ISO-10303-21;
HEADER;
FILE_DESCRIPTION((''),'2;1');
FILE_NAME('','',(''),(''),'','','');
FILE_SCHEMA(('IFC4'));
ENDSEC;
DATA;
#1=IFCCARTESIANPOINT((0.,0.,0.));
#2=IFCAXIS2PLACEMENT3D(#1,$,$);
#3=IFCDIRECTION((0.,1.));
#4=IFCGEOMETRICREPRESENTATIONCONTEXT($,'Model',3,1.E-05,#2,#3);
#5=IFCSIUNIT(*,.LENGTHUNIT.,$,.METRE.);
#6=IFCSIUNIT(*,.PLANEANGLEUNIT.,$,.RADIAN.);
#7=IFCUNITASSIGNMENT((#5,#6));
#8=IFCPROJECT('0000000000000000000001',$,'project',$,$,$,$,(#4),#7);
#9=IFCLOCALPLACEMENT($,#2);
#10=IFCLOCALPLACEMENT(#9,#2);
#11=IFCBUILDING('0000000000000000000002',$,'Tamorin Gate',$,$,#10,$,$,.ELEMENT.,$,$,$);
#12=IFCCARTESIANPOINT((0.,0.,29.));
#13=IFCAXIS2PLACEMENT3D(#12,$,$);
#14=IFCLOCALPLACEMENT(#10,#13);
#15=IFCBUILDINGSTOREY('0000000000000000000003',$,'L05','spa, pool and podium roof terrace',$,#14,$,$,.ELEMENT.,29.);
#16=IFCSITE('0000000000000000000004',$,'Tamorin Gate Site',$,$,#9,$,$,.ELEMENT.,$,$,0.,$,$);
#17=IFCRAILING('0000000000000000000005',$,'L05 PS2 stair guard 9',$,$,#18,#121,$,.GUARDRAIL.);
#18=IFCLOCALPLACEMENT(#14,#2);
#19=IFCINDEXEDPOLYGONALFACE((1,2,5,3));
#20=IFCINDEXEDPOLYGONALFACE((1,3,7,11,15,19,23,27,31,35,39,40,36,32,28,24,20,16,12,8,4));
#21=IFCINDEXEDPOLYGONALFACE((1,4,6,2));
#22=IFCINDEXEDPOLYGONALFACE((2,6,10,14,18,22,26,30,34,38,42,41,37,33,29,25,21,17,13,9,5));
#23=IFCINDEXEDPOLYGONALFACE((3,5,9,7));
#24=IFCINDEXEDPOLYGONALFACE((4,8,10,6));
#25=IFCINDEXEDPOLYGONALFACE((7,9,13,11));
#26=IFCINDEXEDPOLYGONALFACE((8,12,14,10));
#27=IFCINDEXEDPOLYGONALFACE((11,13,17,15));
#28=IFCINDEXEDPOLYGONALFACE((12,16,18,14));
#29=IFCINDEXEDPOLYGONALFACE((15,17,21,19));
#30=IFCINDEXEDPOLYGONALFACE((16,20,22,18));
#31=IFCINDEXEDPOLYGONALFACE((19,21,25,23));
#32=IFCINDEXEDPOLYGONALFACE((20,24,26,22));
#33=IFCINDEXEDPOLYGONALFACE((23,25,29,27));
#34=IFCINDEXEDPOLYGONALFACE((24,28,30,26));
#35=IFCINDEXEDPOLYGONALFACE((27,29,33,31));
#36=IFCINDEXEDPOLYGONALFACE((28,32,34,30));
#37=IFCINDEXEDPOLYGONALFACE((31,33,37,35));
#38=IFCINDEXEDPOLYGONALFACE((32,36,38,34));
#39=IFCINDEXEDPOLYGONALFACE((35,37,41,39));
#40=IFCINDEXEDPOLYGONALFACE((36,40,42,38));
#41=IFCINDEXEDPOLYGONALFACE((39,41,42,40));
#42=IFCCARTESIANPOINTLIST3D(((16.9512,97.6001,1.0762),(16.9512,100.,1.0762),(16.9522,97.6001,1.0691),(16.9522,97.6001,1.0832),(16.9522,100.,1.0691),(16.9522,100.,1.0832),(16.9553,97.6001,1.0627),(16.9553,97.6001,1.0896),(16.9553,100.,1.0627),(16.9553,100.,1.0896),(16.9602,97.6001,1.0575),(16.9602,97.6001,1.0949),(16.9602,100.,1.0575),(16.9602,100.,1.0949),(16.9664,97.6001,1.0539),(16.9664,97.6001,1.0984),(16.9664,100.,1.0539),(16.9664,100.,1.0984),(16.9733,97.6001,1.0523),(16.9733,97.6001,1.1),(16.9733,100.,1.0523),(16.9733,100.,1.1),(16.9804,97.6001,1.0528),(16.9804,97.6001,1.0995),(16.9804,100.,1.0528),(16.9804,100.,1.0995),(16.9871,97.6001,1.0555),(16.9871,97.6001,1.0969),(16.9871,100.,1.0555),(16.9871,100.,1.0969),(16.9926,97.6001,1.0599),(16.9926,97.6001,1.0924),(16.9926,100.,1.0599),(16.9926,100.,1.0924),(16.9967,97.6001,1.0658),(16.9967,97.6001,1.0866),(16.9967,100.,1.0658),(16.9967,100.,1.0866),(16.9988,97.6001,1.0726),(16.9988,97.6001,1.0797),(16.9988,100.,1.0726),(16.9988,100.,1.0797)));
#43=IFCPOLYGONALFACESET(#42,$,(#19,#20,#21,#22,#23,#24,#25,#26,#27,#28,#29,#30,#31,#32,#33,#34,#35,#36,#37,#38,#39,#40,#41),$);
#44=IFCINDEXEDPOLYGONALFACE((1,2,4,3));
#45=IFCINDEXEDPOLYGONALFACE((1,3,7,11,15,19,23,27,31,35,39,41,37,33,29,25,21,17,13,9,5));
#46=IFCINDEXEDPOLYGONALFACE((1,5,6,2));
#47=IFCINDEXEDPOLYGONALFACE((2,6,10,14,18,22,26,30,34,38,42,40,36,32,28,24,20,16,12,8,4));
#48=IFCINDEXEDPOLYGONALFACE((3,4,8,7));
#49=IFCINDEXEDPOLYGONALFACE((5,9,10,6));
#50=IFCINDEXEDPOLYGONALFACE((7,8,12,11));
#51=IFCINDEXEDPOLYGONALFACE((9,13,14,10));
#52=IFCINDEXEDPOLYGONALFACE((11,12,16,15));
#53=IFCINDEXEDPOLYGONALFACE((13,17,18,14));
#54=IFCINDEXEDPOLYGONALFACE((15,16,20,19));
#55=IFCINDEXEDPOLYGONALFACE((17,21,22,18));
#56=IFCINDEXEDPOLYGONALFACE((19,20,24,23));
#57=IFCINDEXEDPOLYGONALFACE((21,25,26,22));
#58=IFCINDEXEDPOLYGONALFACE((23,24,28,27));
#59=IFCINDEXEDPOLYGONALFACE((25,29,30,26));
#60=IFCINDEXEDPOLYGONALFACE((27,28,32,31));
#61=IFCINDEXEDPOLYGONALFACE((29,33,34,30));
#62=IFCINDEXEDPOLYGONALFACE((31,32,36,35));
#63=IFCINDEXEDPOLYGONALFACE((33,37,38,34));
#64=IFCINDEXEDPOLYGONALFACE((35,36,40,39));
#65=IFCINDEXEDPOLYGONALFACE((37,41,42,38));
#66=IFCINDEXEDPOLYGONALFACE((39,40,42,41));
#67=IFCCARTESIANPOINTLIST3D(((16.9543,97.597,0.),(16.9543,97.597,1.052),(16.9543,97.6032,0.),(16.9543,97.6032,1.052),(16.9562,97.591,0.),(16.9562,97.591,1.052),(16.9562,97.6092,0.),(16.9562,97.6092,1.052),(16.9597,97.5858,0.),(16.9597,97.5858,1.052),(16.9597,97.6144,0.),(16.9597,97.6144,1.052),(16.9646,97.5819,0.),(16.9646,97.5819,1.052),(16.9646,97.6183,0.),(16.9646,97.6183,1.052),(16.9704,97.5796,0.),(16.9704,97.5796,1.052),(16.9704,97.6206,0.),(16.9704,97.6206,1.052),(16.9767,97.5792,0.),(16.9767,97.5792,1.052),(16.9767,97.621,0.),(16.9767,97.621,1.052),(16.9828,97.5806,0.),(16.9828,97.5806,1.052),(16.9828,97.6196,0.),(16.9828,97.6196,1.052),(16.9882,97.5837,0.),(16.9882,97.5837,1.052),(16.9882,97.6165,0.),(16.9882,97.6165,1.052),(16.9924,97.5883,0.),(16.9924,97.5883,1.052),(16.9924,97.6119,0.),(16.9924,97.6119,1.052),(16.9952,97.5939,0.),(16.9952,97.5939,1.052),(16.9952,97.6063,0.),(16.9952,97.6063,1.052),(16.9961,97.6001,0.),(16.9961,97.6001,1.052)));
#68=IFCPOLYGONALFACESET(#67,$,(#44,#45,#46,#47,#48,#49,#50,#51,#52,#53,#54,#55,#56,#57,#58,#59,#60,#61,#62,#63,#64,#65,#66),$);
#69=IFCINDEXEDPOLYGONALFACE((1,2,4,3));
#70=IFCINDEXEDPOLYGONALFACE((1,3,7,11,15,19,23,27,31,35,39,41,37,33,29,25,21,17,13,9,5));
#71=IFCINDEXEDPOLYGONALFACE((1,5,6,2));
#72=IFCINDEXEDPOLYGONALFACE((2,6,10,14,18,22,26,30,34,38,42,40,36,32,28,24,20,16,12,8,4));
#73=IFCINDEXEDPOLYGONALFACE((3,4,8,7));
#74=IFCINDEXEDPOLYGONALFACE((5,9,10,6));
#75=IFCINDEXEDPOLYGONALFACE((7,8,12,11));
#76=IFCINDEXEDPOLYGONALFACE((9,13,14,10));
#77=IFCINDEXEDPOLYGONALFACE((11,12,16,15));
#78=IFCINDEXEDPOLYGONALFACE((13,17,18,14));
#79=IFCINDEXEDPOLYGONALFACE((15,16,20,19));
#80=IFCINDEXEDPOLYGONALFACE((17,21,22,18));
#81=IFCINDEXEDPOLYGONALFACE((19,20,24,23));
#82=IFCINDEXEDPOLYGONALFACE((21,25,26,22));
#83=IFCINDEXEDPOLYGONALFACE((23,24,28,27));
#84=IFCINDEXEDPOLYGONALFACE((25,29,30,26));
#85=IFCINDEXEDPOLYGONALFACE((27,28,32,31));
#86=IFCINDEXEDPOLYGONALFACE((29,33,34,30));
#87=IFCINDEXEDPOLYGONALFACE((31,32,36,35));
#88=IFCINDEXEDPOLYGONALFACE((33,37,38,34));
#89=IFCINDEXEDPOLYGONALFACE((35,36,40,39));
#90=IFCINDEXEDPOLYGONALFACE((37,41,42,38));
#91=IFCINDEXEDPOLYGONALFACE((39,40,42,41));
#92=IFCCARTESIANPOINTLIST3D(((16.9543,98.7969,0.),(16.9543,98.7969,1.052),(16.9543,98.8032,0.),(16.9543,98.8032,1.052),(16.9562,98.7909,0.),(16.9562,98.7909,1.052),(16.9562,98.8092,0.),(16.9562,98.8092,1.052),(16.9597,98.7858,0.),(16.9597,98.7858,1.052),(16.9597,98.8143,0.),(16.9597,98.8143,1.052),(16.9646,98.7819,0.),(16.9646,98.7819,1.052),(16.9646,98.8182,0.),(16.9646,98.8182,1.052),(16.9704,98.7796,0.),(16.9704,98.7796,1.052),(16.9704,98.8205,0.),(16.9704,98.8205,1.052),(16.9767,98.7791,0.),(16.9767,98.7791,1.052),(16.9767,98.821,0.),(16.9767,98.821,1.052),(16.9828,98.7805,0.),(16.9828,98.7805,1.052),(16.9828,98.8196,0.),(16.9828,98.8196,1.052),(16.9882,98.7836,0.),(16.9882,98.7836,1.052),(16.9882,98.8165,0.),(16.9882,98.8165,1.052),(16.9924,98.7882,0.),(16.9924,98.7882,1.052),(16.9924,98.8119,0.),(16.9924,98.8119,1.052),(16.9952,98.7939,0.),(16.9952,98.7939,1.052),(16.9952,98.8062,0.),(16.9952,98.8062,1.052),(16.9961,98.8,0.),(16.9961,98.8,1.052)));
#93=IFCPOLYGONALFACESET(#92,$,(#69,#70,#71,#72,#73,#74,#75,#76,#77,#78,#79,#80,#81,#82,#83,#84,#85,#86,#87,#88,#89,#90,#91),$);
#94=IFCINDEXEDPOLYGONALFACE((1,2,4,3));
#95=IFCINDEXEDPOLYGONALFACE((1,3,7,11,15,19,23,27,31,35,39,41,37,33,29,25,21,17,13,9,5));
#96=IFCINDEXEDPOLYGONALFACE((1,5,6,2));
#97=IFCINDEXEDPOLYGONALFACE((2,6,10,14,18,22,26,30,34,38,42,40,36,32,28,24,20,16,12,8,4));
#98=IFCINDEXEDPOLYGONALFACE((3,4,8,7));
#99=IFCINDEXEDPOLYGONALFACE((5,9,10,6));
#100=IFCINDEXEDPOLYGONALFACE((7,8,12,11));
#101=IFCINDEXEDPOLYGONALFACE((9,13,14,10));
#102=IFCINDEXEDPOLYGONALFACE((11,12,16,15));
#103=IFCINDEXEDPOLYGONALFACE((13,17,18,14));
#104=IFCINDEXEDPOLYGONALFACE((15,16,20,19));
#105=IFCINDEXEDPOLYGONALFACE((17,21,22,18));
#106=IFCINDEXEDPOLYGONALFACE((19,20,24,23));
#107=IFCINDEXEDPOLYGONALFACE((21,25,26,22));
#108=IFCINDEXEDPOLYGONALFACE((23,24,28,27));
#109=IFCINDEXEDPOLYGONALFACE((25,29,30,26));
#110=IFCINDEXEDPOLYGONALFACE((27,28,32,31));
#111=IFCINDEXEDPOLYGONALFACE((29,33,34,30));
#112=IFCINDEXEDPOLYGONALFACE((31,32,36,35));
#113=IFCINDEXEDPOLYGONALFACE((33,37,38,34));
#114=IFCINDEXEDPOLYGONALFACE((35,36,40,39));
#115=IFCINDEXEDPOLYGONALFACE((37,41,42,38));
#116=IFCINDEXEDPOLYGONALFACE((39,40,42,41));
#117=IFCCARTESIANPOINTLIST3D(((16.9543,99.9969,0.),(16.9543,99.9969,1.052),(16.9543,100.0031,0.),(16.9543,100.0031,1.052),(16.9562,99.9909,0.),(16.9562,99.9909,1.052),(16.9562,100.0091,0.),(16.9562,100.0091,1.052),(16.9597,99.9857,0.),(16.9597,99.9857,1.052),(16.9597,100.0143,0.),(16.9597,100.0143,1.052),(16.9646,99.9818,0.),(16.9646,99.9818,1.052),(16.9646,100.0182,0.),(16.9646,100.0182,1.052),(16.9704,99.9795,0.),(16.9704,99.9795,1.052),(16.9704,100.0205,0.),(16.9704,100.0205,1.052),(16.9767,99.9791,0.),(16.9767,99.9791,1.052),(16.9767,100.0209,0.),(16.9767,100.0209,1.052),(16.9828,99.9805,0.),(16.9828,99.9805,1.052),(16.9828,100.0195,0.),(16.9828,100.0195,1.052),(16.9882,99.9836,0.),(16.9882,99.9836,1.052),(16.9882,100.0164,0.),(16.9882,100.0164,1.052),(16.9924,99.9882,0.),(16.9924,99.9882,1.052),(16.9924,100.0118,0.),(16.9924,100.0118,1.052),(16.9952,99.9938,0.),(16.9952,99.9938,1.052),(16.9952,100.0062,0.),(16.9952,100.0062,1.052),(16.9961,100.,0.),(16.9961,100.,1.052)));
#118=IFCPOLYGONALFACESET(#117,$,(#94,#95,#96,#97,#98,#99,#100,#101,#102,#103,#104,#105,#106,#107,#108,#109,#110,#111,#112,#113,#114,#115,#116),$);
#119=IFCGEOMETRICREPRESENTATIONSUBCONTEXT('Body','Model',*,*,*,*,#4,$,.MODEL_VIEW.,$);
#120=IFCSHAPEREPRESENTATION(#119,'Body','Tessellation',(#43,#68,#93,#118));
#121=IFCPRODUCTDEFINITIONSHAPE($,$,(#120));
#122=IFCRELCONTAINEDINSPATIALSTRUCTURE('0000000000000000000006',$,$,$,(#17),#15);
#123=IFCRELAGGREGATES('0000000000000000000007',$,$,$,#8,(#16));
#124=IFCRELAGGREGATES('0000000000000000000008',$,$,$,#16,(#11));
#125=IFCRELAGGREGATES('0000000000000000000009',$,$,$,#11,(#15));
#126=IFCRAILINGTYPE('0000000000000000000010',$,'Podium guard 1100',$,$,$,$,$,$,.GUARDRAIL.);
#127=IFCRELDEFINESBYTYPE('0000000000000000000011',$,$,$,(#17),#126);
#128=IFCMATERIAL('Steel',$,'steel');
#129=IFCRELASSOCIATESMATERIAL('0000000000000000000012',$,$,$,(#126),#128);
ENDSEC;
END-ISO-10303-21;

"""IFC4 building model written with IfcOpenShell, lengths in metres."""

from ifc_helpers import new_model, si_unit, direction, frame, origin, origin_2d, place, context, subcontext, project, spatial, circle, extrude, material, type_object, element, save


model = new_model("IFC4")

# Units and contexts
model_context = context("Model", 3, precision=1e-05, world=origin(), true_north=direction((0.0, 1.0)))
body_context = subcontext(model_context, "Body", "Model", "MODEL_VIEW")
ifc_project = project(units=[si_unit("LENGTHUNIT", "METRE"), si_unit("PLANEANGLEUNIT", "RADIAN")], contexts=[model_context])

# Site, building, storey
site_placement = place(None, origin())
site = spatial("IfcSite", under=ifc_project, at=site_placement, Name="Tamorin Gate Site", CompositionType="ELEMENT", RefElevation=0.0)
building_placement = place(site_placement, origin())
building = spatial("IfcBuilding", under=site, at=building_placement, Name="Tamorin Gate", CompositionType="ELEMENT")
storey_placement = place(building_placement, frame((0.0, 0.0, 29.0)))
storey = spatial("IfcBuildingStorey", under=building, at=storey_placement, Name="L05", Description="spa, pool and podium roof terrace", CompositionType="ELEMENT", Elevation=29.0)

# Railing
ifc_material_1 = material(Name="Steel", Category="steel")
railing_type_1 = type_object("IfcRailingType", Name="Podium guard 1100", PredefinedType="GUARDRAIL", material=ifc_material_1)
for number, where, name in (
    (1, (16.9751, 97.6001, 0.0), "L05 PS2 stair guard 9"),
):
    element("IfcRailing", number, at=place(storey_placement, frame(where)), inside=storey, type_object=railing_type_1, Name=name, PredefinedType="GUARDRAIL", context=body_context, shape_type="SweptSolid", body=[
        extrude(circle(Radius=0.0239, at=origin_2d()), frame((0.0, 0.0, 1.0762), z_axis=(0.0, 1.0, 0.0), x_axis=(-1.0, 0.0, 0.0)), (0.0, 0.0, 1.0), 2.3999),
        extrude(circle(Radius=0.021, at=origin_2d()), origin(), (0.0, 0.0, 1.0), 1.052),
        extrude(circle(Radius=0.021, at=origin_2d()), frame((0.0, 1.2, 0.0)), (0.0, 0.0, 1.0), 1.052),
        extrude(circle(Radius=0.021, at=origin_2d()), frame((0.0, 2.3999, 0.0)), (0.0, 0.0, 1.0), 1.052),
    ])

save(model, "model.ifc")
